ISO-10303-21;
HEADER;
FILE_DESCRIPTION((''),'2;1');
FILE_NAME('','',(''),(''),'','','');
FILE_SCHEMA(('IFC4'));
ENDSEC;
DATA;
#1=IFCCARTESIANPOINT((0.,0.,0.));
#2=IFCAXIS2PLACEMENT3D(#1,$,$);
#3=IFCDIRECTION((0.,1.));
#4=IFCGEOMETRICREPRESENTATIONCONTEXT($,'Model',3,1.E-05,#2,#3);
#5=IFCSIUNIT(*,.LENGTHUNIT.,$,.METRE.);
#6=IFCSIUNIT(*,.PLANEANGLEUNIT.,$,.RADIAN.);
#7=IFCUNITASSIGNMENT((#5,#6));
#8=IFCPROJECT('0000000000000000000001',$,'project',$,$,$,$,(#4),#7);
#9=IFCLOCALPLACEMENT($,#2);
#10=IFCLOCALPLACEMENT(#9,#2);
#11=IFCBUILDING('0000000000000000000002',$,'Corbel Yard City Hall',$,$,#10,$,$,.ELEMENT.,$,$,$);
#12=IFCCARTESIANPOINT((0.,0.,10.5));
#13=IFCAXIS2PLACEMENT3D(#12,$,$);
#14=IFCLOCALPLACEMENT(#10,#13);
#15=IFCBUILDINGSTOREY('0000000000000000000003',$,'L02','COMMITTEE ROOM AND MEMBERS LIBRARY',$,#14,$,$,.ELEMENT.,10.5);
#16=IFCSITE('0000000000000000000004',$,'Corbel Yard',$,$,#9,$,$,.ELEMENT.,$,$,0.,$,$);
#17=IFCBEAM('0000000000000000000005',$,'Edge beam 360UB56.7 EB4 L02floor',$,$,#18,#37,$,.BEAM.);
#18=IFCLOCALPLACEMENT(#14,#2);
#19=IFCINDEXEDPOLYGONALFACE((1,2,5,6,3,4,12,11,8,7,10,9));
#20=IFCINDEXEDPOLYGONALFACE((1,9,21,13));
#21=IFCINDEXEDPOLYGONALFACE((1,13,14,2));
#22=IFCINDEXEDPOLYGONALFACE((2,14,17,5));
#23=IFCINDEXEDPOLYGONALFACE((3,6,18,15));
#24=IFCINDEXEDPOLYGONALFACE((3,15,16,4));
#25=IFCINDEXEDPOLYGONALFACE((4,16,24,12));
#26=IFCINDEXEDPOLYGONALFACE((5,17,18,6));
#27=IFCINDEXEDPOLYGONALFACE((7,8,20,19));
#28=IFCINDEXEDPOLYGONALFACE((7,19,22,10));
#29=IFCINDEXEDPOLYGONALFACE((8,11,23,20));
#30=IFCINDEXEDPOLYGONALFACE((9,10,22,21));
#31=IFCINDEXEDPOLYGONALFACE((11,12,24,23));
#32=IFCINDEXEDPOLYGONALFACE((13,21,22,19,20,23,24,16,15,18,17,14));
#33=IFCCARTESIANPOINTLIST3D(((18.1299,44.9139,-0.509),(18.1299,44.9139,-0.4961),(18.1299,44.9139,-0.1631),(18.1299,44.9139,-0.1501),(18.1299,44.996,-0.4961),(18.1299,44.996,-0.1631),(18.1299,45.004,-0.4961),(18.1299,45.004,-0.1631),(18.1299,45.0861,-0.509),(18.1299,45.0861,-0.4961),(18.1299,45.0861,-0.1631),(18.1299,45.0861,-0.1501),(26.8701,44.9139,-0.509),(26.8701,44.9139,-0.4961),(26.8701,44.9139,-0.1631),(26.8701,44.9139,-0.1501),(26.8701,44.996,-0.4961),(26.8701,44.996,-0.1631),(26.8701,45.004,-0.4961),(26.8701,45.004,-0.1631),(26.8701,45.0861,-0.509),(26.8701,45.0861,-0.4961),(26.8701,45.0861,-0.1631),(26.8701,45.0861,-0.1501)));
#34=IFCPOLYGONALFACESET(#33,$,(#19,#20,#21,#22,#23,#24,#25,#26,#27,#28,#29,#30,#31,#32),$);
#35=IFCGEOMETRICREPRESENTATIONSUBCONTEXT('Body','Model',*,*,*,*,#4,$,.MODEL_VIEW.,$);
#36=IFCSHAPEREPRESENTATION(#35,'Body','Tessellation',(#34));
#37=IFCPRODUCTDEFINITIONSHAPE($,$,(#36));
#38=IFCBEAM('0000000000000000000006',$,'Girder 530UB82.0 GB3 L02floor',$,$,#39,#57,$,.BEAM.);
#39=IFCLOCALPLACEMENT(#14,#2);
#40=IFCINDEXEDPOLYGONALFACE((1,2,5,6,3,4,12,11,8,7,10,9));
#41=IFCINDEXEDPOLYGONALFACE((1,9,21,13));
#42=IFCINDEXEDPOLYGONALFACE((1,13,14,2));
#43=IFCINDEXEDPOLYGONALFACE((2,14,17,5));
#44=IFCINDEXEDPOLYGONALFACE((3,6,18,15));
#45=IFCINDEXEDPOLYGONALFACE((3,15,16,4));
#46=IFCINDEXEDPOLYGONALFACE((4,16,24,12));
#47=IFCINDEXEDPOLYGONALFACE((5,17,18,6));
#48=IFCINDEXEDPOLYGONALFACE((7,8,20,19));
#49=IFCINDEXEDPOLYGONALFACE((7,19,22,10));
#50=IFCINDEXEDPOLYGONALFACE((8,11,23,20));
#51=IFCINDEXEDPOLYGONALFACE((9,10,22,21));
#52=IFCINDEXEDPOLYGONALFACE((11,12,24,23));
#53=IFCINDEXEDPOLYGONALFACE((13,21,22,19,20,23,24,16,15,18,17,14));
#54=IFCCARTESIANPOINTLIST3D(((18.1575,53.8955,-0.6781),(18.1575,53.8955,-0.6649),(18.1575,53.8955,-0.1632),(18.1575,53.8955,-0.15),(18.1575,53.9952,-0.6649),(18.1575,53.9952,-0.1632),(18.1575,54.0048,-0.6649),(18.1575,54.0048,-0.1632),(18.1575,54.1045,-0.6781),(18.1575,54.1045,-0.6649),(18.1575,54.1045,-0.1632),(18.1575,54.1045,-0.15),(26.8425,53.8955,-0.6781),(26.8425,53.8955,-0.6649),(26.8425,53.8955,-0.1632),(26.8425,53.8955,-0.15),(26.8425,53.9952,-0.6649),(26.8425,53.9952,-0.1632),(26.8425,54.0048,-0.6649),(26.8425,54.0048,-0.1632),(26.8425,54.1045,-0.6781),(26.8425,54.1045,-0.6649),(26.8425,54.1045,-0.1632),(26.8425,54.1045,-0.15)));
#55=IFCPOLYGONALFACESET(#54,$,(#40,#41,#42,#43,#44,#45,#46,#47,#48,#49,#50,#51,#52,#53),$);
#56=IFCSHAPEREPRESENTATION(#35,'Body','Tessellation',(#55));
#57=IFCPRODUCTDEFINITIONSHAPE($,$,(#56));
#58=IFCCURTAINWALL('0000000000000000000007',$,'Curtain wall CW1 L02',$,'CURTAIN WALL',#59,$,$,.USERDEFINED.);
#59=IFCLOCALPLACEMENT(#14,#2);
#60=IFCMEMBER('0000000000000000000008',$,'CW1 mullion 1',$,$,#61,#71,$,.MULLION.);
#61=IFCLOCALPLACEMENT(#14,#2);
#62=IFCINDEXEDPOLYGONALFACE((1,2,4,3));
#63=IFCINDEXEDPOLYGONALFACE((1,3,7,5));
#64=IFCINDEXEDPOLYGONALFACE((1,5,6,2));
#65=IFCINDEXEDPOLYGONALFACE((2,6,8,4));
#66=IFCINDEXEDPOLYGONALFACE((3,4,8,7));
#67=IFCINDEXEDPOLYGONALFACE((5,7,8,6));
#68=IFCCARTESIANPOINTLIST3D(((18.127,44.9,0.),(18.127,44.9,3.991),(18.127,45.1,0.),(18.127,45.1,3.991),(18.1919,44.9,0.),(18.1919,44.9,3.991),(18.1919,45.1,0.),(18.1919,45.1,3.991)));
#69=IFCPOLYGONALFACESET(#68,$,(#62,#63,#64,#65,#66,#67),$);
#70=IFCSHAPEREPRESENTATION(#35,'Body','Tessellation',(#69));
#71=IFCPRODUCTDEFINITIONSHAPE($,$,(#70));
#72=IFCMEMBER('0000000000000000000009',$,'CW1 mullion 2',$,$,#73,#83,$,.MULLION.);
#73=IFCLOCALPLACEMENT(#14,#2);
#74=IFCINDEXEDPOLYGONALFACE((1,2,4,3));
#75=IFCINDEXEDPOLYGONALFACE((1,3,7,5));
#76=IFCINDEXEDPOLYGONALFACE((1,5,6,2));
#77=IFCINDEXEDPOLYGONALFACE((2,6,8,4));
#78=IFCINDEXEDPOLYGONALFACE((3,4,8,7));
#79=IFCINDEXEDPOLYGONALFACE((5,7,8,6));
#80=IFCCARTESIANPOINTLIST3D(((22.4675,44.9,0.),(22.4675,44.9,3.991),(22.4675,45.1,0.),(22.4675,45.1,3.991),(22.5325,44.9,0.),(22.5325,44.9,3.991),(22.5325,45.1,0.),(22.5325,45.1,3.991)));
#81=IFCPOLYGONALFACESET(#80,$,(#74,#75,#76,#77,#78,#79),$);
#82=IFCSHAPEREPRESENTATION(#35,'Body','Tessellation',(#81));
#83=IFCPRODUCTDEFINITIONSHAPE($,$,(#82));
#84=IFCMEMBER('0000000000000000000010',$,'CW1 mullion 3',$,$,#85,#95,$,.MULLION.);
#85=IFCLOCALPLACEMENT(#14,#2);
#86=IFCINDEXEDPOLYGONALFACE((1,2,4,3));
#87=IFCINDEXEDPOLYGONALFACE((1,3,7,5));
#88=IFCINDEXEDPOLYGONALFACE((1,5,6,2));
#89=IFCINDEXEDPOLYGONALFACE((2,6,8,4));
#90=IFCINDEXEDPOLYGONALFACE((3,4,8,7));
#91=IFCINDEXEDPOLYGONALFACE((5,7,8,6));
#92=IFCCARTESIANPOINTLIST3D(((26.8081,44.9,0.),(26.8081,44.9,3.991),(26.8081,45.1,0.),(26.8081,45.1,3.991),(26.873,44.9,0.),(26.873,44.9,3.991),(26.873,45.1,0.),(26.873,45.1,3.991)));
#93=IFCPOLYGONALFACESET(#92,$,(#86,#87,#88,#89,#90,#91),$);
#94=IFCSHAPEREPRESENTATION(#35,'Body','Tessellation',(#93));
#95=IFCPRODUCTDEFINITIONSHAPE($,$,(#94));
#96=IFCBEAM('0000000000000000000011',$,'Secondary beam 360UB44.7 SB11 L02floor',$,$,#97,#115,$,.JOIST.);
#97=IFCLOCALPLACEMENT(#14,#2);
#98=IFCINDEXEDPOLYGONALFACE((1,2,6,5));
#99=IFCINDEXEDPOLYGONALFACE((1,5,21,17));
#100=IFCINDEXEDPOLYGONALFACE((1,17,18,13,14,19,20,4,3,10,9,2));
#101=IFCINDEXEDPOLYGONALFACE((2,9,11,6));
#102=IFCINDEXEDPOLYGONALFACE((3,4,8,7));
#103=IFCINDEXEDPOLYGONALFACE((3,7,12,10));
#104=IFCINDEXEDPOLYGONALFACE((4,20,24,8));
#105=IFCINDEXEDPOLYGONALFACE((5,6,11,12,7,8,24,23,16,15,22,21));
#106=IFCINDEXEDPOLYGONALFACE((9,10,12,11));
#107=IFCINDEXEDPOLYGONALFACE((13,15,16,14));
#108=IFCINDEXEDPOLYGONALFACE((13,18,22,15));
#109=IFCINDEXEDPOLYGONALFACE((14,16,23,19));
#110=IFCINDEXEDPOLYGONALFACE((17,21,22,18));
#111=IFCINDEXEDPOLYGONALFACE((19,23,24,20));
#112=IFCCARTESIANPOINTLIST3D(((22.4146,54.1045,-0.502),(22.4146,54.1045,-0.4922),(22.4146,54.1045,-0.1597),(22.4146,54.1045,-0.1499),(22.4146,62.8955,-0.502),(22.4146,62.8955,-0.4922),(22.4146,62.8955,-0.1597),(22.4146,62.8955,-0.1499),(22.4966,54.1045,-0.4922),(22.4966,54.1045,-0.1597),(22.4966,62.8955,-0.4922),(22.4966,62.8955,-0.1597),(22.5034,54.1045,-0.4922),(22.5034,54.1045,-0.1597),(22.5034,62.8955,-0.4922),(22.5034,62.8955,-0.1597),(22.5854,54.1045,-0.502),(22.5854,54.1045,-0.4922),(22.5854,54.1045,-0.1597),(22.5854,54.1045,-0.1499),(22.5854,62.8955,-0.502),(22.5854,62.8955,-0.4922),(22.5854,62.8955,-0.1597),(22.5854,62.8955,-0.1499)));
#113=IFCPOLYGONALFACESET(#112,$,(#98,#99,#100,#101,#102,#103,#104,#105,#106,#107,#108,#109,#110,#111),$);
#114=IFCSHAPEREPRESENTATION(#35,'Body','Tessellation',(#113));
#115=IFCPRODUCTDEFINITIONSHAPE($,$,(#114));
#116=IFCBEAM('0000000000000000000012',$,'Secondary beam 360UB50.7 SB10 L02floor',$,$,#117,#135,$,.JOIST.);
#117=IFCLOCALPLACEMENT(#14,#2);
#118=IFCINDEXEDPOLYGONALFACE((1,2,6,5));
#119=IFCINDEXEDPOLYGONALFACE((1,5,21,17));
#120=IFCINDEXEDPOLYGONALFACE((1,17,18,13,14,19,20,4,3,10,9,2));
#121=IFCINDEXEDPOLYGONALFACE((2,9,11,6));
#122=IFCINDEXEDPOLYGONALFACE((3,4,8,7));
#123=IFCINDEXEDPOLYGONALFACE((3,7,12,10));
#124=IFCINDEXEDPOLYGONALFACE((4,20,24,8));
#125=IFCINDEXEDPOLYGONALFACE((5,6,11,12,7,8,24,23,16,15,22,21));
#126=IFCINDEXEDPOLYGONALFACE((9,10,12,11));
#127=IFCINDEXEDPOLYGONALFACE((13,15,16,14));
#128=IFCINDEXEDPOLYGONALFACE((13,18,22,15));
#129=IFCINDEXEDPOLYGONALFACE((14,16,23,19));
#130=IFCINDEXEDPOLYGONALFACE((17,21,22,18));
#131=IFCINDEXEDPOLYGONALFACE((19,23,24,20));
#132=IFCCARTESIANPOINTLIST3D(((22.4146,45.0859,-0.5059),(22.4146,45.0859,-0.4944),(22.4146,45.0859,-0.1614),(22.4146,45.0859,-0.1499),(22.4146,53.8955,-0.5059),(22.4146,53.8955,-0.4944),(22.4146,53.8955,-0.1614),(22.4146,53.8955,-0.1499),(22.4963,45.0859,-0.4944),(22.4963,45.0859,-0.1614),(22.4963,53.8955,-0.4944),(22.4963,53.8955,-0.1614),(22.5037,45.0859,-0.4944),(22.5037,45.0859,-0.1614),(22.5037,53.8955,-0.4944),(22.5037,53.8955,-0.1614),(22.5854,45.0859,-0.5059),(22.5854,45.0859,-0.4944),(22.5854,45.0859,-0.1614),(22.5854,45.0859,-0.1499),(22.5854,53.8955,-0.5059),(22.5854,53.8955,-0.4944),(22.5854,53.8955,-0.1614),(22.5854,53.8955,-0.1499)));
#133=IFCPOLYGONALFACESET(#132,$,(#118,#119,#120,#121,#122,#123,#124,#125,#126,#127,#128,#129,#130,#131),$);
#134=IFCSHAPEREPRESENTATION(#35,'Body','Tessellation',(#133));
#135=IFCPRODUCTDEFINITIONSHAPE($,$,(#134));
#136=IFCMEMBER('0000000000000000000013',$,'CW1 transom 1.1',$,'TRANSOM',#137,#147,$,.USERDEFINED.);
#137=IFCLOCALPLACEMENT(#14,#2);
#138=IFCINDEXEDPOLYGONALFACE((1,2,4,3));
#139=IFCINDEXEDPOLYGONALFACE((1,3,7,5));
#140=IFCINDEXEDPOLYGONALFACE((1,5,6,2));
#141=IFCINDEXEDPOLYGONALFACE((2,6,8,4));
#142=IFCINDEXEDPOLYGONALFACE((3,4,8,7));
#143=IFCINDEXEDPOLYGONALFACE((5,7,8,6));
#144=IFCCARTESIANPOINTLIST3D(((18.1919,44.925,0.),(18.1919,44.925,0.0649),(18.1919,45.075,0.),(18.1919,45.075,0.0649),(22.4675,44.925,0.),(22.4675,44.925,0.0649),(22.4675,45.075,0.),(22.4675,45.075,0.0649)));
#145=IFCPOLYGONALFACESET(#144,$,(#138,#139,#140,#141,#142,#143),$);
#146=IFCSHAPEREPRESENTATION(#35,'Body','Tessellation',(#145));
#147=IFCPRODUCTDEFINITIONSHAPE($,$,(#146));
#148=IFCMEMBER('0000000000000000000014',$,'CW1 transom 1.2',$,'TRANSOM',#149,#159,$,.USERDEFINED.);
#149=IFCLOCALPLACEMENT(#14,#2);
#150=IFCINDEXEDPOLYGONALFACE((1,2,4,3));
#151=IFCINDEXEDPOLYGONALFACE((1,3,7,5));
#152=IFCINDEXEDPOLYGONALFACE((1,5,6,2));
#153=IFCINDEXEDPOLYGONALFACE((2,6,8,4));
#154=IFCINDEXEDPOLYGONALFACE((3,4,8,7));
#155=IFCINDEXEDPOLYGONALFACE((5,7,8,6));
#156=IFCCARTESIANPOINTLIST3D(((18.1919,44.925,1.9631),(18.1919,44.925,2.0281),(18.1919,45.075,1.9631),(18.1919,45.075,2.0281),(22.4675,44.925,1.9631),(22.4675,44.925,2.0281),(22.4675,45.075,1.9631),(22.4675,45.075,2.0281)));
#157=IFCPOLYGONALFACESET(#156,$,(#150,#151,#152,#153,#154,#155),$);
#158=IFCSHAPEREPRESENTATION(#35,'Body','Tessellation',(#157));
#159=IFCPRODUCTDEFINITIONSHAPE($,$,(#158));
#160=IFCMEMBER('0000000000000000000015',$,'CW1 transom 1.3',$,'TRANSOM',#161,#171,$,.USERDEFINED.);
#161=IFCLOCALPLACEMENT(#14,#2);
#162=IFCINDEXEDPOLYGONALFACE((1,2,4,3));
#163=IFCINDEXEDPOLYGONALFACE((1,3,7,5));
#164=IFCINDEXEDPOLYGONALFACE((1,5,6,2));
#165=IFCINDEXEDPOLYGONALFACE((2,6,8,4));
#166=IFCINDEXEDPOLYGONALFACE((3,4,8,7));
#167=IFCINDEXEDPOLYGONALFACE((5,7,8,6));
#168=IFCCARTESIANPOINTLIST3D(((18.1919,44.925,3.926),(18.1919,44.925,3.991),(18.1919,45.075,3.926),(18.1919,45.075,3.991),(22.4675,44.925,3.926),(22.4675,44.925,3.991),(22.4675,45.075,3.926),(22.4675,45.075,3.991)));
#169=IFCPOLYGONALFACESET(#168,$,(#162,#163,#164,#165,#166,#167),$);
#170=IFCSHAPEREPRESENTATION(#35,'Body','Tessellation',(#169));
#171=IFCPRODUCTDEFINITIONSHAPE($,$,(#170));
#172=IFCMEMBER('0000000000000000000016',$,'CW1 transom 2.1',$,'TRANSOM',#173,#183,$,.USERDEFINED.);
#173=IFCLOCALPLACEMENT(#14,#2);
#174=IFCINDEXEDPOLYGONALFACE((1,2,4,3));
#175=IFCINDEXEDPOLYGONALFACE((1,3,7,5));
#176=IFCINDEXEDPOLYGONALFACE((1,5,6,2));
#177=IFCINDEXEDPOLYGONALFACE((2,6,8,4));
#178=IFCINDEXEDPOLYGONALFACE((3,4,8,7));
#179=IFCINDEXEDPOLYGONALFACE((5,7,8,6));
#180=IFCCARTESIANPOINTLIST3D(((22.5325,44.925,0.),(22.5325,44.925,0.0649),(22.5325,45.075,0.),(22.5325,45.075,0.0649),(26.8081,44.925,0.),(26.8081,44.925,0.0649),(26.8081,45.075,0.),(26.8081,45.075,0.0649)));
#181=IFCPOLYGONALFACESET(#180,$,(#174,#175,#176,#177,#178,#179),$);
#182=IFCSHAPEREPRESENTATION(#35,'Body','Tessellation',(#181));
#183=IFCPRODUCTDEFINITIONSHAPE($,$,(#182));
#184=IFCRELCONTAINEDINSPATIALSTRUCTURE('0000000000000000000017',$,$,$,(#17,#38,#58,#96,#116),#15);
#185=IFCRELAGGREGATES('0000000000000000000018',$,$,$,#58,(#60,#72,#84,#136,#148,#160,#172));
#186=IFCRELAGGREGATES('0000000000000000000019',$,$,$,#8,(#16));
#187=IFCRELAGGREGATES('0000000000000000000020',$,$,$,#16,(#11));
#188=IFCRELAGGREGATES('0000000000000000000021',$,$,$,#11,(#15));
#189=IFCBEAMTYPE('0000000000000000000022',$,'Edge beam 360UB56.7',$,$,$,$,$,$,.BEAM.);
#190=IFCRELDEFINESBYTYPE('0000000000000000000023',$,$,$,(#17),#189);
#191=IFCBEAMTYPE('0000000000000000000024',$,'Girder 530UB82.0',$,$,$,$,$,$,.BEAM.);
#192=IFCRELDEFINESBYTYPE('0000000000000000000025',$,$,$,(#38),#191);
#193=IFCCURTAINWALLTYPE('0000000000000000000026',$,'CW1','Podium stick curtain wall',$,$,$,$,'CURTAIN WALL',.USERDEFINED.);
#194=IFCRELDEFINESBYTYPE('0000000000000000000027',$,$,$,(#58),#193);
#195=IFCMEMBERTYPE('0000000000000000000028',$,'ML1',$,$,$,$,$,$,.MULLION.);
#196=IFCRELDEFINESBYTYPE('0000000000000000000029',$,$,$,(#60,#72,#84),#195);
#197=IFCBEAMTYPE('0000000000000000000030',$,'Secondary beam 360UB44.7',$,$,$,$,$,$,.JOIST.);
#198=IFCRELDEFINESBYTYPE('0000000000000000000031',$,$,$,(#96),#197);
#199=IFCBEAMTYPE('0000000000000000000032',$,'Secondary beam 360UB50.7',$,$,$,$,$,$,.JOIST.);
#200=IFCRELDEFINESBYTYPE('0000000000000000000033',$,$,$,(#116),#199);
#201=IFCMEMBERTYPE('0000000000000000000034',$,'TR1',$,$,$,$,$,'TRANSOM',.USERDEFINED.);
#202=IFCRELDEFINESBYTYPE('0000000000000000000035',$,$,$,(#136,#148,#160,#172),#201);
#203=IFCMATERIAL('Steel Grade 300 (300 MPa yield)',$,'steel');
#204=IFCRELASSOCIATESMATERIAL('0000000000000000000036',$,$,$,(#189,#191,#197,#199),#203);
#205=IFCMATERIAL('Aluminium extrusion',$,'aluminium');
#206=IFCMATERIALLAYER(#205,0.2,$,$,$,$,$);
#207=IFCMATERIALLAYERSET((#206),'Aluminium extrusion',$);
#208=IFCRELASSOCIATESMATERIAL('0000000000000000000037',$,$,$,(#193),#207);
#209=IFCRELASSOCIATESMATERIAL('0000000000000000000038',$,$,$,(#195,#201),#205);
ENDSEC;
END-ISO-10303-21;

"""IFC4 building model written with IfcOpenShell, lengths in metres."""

from ifc_helpers import new_model, si_unit, direction, frame, origin, origin_2d, place, context, subcontext, project, spatial, rectangle, i_section, extrude, material, layer, layer_set, material_profile, profile_set, type_object, element, aggregate, save


model = new_model("IFC4")

# Units and contexts
model_context = context("Model", 3, precision=1e-05, world=origin(), true_north=direction((0.0, 1.0)))
body_context = subcontext(model_context, "Body", "Model", "MODEL_VIEW")
ifc_project = project(units=[si_unit("LENGTHUNIT", "METRE"), si_unit("PLANEANGLEUNIT", "RADIAN")], contexts=[model_context])

# Site, building, storey
site_placement = place(None, origin())
site = spatial("IfcSite", under=ifc_project, at=site_placement, Name="Corbel Yard", CompositionType="ELEMENT", RefElevation=0.0)
building_placement = place(site_placement, origin())
building = spatial("IfcBuilding", under=site, at=building_placement, Name="Corbel Yard City Hall", CompositionType="ELEMENT")
storey_placement = place(building_placement, frame((0.0, 0.0, 10.5)))
storey = spatial("IfcBuildingStorey", under=building, at=storey_placement, Name="L02", Description="COMMITTEE ROOM AND MEMBERS LIBRARY", CompositionType="ELEMENT", Elevation=10.5)

# Beams
ifc_material_1 = material(Name="Steel Grade 300 (300 MPa yield)", Category="steel")
ifc_material_profile_1 = material_profile(ifc_material_1, i_section(OverallWidth=0.1721, OverallDepth=0.3589, WebThickness=0.0081, FlangeThickness=0.0129, at=origin_2d()), Name="360UB56.7")
ifc_profile_set_1 = profile_set([ifc_material_profile_1], Name="Steel Grade 300 (300 MPa yield)")
beam_type_1 = type_object("IfcBeamType", Name="Edge beam 360UB56.7", PredefinedType="BEAM", material=ifc_profile_set_1)
beam_1_placement = place(storey_placement, frame((18.1299, 45.0, -0.3296), z_axis=(1.0, 0.0, 0.0), x_axis=(0.0, 1.0, 0.0)))
element("IfcBeam", 1, at=beam_1_placement, inside=storey, type_object=beam_type_1, Name="Edge beam 360UB56.7 EB4 L02floor", PredefinedType="BEAM", context=body_context, shape_type="SweptSolid", body=[
    extrude(i_section(OverallWidth=0.1721, OverallDepth=0.3589, WebThickness=0.0081, FlangeThickness=0.0129, at=origin_2d()), origin(), (0.0, 0.0, 1.0), 8.7402),
])
ifc_material_profile_2 = material_profile(ifc_material_1, i_section(OverallWidth=0.209, OverallDepth=0.5281, WebThickness=0.0095, FlangeThickness=0.0132, at=origin_2d()), Name="530UB82.0")
ifc_profile_set_2 = profile_set([ifc_material_profile_2], Name="Steel Grade 300 (300 MPa yield)")
beam_type_2 = type_object("IfcBeamType", Name="Girder 530UB82.0", PredefinedType="BEAM", material=ifc_profile_set_2)
beam_2_placement = place(storey_placement, frame((18.1575, 54.0, -0.4141), z_axis=(1.0, 0.0, 0.0), x_axis=(0.0, 1.0, 0.0)))
element("IfcBeam", 2, at=beam_2_placement, inside=storey, type_object=beam_type_2, Name="Girder 530UB82.0 GB3 L02floor", PredefinedType="BEAM", context=body_context, shape_type="SweptSolid", body=[
    extrude(i_section(OverallWidth=0.209, OverallDepth=0.5281, WebThickness=0.0095, FlangeThickness=0.0132, at=origin_2d()), origin(), (0.0, 0.0, 1.0), 8.6851),
])

# Curtain wall, members
ifc_material_2 = material(Name="Aluminium extrusion", Category="aluminium")
ifc_layer_1 = layer(ifc_material_2, 0.2)
ifc_layer_set_1 = layer_set([ifc_layer_1], Name="Aluminium extrusion")
curtain_wall_type = type_object("IfcCurtainWallType", Name="CW1", Description="Podium stick curtain wall", ElementType="CURTAIN WALL", PredefinedType="USERDEFINED", material=ifc_layer_set_1)
curtain_wall_placement = place(storey_placement, origin())
curtain_wall = element("IfcCurtainWall", 3, at=curtain_wall_placement, inside=storey, type_object=curtain_wall_type, Name="Curtain wall CW1 L02", ObjectType="CURTAIN WALL", PredefinedType="USERDEFINED")
ifc_material_profile_3 = material_profile(ifc_material_2, rectangle(XDim=0.2, YDim=0.0649, at=origin_2d()), Name="200x65")
ifc_profile_set_3 = profile_set([ifc_material_profile_3], Name="Aluminium extrusion")
member_type_1 = type_object("IfcMemberType", Name="ML1", PredefinedType="MULLION", material=ifc_profile_set_3)
member_1_placement = place(storey_placement, frame((18.1594, 45.0, 0.0), z_axis=(0.0, 0.0, 1.0), x_axis=(0.0, 1.0, 0.0)))
member_1 = element("IfcMember", 4, at=member_1_placement, type_object=member_type_1, Name="CW1 mullion 1", PredefinedType="MULLION", context=body_context, shape_type="SweptSolid", body=[
    extrude(rectangle(XDim=0.2, YDim=0.0649, at=origin_2d()), origin(), (0.0, 0.0, 1.0), 3.991),
])
member_2_placement = place(storey_placement, frame((22.5, 45.0, 0.0), z_axis=(0.0, 0.0, 1.0), x_axis=(0.0, 1.0, 0.0)))
member_2 = element("IfcMember", 5, at=member_2_placement, type_object=member_type_1, Name="CW1 mullion 2", PredefinedType="MULLION", context=body_context, shape_type="SweptSolid", body=[
    extrude(rectangle(XDim=0.2, YDim=0.0649, at=origin_2d()), origin(), (0.0, 0.0, 1.0), 3.991),
])
member_3_placement = place(storey_placement, frame((26.8406, 45.0, 0.0), z_axis=(0.0, 0.0, 1.0), x_axis=(0.0, 1.0, 0.0)))
member_3 = element("IfcMember", 6, at=member_3_placement, type_object=member_type_1, Name="CW1 mullion 3", PredefinedType="MULLION", context=body_context, shape_type="SweptSolid", body=[
    extrude(rectangle(XDim=0.2, YDim=0.0649, at=origin_2d()), origin(), (0.0, 0.0, 1.0), 3.991),
])

# Beams
ifc_material_profile_4 = material_profile(ifc_material_1, i_section(OverallWidth=0.1709, OverallDepth=0.3521, WebThickness=0.0068, FlangeThickness=0.0098, at=origin_2d()), Name="360UB44.7")
ifc_profile_set_4 = profile_set([ifc_material_profile_4], Name="Steel Grade 300 (300 MPa yield)")
beam_type_3 = type_object("IfcBeamType", Name="Secondary beam 360UB44.7", PredefinedType="JOIST", material=ifc_profile_set_4)
beam_3_placement = place(storey_placement, frame((22.5, 54.1045, -0.3259), z_axis=(0.0, 1.0, 0.0), x_axis=(-1.0, 0.0, 0.0)))
element("IfcBeam", 7, at=beam_3_placement, inside=storey, type_object=beam_type_3, Name="Secondary beam 360UB44.7 SB11 L02floor", PredefinedType="JOIST", context=body_context, shape_type="SweptSolid", body=[
    extrude(i_section(OverallWidth=0.1709, OverallDepth=0.3521, WebThickness=0.0068, FlangeThickness=0.0098, at=origin_2d()), origin(), (0.0, 0.0, 1.0), 8.791),
])
ifc_material_profile_5 = material_profile(ifc_material_1, i_section(OverallWidth=0.1709, OverallDepth=0.356, WebThickness=0.0073, FlangeThickness=0.0115, at=origin_2d()), Name="360UB50.7")
ifc_profile_set_5 = profile_set([ifc_material_profile_5], Name="Steel Grade 300 (300 MPa yield)")
beam_type_4 = type_object("IfcBeamType", Name="Secondary beam 360UB50.7", PredefinedType="JOIST", material=ifc_profile_set_5)
beam_4_placement = place(storey_placement, frame((22.5, 45.0859, -0.3279), z_axis=(0.0, 1.0, 0.0), x_axis=(-1.0, 0.0, 0.0)))
element("IfcBeam", 8, at=beam_4_placement, inside=storey, type_object=beam_type_4, Name="Secondary beam 360UB50.7 SB10 L02floor", PredefinedType="JOIST", context=body_context, shape_type="SweptSolid", body=[
    extrude(i_section(OverallWidth=0.1709, OverallDepth=0.356, WebThickness=0.0073, FlangeThickness=0.0115, at=origin_2d()), origin(), (0.0, 0.0, 1.0), 8.8096),
])

# Members
ifc_material_profile_6 = material_profile(ifc_material_2, rectangle(XDim=0.1499, YDim=0.0649, at=origin_2d()), Name="150x65")
ifc_profile_set_6 = profile_set([ifc_material_profile_6], Name="Aluminium extrusion")
member_type_2 = type_object("IfcMemberType", Name="TR1", ElementType="TRANSOM", PredefinedType="USERDEFINED", material=ifc_profile_set_6)
member_4_placement = place(storey_placement, frame((18.1919, 45.0, 0.0325), z_axis=(1.0, 0.0, 0.0), x_axis=(0.0, 1.0, 0.0)))
member_4 = element("IfcMember", 9, at=member_4_placement, type_object=member_type_2, Name="CW1 transom 1.1", ObjectType="TRANSOM", PredefinedType="USERDEFINED", context=body_context, shape_type="SweptSolid", body=[
    extrude(rectangle(XDim=0.1499, YDim=0.0649, at=origin_2d()), origin(), (0.0, 0.0, 1.0), 4.2756),
])
member_5_placement = place(storey_placement, frame((18.1919, 45.0, 1.9956), z_axis=(1.0, 0.0, 0.0), x_axis=(0.0, 1.0, 0.0)))
member_5 = element("IfcMember", 10, at=member_5_placement, type_object=member_type_2, Name="CW1 transom 1.2", ObjectType="TRANSOM", PredefinedType="USERDEFINED", context=body_context, shape_type="SweptSolid", body=[
    extrude(rectangle(XDim=0.1499, YDim=0.0649, at=origin_2d()), origin(), (0.0, 0.0, 1.0), 4.2756),
])
member_6_placement = place(storey_placement, frame((18.1919, 45.0, 3.9585), z_axis=(1.0, 0.0, 0.0), x_axis=(0.0, 1.0, 0.0)))
member_6 = element("IfcMember", 11, at=member_6_placement, type_object=member_type_2, Name="CW1 transom 1.3", ObjectType="TRANSOM", PredefinedType="USERDEFINED", context=body_context, shape_type="SweptSolid", body=[
    extrude(rectangle(XDim=0.1499, YDim=0.0649, at=origin_2d()), origin(), (0.0, 0.0, 1.0), 4.2756),
])
member_7_placement = place(storey_placement, frame((22.5325, 45.0, 0.0325), z_axis=(1.0, 0.0, 0.0), x_axis=(0.0, 1.0, 0.0)))
member_7 = element("IfcMember", 12, at=member_7_placement, type_object=member_type_2, Name="CW1 transom 2.1", ObjectType="TRANSOM", PredefinedType="USERDEFINED", context=body_context, shape_type="SweptSolid", body=[
    extrude(rectangle(XDim=0.1499, YDim=0.0649, at=origin_2d()), origin(), (0.0, 0.0, 1.0), 4.2756),
])

aggregate(curtain_wall, [member_1, member_2, member_3, member_4, member_5, member_6, member_7])

save(model, "model.ifc")
